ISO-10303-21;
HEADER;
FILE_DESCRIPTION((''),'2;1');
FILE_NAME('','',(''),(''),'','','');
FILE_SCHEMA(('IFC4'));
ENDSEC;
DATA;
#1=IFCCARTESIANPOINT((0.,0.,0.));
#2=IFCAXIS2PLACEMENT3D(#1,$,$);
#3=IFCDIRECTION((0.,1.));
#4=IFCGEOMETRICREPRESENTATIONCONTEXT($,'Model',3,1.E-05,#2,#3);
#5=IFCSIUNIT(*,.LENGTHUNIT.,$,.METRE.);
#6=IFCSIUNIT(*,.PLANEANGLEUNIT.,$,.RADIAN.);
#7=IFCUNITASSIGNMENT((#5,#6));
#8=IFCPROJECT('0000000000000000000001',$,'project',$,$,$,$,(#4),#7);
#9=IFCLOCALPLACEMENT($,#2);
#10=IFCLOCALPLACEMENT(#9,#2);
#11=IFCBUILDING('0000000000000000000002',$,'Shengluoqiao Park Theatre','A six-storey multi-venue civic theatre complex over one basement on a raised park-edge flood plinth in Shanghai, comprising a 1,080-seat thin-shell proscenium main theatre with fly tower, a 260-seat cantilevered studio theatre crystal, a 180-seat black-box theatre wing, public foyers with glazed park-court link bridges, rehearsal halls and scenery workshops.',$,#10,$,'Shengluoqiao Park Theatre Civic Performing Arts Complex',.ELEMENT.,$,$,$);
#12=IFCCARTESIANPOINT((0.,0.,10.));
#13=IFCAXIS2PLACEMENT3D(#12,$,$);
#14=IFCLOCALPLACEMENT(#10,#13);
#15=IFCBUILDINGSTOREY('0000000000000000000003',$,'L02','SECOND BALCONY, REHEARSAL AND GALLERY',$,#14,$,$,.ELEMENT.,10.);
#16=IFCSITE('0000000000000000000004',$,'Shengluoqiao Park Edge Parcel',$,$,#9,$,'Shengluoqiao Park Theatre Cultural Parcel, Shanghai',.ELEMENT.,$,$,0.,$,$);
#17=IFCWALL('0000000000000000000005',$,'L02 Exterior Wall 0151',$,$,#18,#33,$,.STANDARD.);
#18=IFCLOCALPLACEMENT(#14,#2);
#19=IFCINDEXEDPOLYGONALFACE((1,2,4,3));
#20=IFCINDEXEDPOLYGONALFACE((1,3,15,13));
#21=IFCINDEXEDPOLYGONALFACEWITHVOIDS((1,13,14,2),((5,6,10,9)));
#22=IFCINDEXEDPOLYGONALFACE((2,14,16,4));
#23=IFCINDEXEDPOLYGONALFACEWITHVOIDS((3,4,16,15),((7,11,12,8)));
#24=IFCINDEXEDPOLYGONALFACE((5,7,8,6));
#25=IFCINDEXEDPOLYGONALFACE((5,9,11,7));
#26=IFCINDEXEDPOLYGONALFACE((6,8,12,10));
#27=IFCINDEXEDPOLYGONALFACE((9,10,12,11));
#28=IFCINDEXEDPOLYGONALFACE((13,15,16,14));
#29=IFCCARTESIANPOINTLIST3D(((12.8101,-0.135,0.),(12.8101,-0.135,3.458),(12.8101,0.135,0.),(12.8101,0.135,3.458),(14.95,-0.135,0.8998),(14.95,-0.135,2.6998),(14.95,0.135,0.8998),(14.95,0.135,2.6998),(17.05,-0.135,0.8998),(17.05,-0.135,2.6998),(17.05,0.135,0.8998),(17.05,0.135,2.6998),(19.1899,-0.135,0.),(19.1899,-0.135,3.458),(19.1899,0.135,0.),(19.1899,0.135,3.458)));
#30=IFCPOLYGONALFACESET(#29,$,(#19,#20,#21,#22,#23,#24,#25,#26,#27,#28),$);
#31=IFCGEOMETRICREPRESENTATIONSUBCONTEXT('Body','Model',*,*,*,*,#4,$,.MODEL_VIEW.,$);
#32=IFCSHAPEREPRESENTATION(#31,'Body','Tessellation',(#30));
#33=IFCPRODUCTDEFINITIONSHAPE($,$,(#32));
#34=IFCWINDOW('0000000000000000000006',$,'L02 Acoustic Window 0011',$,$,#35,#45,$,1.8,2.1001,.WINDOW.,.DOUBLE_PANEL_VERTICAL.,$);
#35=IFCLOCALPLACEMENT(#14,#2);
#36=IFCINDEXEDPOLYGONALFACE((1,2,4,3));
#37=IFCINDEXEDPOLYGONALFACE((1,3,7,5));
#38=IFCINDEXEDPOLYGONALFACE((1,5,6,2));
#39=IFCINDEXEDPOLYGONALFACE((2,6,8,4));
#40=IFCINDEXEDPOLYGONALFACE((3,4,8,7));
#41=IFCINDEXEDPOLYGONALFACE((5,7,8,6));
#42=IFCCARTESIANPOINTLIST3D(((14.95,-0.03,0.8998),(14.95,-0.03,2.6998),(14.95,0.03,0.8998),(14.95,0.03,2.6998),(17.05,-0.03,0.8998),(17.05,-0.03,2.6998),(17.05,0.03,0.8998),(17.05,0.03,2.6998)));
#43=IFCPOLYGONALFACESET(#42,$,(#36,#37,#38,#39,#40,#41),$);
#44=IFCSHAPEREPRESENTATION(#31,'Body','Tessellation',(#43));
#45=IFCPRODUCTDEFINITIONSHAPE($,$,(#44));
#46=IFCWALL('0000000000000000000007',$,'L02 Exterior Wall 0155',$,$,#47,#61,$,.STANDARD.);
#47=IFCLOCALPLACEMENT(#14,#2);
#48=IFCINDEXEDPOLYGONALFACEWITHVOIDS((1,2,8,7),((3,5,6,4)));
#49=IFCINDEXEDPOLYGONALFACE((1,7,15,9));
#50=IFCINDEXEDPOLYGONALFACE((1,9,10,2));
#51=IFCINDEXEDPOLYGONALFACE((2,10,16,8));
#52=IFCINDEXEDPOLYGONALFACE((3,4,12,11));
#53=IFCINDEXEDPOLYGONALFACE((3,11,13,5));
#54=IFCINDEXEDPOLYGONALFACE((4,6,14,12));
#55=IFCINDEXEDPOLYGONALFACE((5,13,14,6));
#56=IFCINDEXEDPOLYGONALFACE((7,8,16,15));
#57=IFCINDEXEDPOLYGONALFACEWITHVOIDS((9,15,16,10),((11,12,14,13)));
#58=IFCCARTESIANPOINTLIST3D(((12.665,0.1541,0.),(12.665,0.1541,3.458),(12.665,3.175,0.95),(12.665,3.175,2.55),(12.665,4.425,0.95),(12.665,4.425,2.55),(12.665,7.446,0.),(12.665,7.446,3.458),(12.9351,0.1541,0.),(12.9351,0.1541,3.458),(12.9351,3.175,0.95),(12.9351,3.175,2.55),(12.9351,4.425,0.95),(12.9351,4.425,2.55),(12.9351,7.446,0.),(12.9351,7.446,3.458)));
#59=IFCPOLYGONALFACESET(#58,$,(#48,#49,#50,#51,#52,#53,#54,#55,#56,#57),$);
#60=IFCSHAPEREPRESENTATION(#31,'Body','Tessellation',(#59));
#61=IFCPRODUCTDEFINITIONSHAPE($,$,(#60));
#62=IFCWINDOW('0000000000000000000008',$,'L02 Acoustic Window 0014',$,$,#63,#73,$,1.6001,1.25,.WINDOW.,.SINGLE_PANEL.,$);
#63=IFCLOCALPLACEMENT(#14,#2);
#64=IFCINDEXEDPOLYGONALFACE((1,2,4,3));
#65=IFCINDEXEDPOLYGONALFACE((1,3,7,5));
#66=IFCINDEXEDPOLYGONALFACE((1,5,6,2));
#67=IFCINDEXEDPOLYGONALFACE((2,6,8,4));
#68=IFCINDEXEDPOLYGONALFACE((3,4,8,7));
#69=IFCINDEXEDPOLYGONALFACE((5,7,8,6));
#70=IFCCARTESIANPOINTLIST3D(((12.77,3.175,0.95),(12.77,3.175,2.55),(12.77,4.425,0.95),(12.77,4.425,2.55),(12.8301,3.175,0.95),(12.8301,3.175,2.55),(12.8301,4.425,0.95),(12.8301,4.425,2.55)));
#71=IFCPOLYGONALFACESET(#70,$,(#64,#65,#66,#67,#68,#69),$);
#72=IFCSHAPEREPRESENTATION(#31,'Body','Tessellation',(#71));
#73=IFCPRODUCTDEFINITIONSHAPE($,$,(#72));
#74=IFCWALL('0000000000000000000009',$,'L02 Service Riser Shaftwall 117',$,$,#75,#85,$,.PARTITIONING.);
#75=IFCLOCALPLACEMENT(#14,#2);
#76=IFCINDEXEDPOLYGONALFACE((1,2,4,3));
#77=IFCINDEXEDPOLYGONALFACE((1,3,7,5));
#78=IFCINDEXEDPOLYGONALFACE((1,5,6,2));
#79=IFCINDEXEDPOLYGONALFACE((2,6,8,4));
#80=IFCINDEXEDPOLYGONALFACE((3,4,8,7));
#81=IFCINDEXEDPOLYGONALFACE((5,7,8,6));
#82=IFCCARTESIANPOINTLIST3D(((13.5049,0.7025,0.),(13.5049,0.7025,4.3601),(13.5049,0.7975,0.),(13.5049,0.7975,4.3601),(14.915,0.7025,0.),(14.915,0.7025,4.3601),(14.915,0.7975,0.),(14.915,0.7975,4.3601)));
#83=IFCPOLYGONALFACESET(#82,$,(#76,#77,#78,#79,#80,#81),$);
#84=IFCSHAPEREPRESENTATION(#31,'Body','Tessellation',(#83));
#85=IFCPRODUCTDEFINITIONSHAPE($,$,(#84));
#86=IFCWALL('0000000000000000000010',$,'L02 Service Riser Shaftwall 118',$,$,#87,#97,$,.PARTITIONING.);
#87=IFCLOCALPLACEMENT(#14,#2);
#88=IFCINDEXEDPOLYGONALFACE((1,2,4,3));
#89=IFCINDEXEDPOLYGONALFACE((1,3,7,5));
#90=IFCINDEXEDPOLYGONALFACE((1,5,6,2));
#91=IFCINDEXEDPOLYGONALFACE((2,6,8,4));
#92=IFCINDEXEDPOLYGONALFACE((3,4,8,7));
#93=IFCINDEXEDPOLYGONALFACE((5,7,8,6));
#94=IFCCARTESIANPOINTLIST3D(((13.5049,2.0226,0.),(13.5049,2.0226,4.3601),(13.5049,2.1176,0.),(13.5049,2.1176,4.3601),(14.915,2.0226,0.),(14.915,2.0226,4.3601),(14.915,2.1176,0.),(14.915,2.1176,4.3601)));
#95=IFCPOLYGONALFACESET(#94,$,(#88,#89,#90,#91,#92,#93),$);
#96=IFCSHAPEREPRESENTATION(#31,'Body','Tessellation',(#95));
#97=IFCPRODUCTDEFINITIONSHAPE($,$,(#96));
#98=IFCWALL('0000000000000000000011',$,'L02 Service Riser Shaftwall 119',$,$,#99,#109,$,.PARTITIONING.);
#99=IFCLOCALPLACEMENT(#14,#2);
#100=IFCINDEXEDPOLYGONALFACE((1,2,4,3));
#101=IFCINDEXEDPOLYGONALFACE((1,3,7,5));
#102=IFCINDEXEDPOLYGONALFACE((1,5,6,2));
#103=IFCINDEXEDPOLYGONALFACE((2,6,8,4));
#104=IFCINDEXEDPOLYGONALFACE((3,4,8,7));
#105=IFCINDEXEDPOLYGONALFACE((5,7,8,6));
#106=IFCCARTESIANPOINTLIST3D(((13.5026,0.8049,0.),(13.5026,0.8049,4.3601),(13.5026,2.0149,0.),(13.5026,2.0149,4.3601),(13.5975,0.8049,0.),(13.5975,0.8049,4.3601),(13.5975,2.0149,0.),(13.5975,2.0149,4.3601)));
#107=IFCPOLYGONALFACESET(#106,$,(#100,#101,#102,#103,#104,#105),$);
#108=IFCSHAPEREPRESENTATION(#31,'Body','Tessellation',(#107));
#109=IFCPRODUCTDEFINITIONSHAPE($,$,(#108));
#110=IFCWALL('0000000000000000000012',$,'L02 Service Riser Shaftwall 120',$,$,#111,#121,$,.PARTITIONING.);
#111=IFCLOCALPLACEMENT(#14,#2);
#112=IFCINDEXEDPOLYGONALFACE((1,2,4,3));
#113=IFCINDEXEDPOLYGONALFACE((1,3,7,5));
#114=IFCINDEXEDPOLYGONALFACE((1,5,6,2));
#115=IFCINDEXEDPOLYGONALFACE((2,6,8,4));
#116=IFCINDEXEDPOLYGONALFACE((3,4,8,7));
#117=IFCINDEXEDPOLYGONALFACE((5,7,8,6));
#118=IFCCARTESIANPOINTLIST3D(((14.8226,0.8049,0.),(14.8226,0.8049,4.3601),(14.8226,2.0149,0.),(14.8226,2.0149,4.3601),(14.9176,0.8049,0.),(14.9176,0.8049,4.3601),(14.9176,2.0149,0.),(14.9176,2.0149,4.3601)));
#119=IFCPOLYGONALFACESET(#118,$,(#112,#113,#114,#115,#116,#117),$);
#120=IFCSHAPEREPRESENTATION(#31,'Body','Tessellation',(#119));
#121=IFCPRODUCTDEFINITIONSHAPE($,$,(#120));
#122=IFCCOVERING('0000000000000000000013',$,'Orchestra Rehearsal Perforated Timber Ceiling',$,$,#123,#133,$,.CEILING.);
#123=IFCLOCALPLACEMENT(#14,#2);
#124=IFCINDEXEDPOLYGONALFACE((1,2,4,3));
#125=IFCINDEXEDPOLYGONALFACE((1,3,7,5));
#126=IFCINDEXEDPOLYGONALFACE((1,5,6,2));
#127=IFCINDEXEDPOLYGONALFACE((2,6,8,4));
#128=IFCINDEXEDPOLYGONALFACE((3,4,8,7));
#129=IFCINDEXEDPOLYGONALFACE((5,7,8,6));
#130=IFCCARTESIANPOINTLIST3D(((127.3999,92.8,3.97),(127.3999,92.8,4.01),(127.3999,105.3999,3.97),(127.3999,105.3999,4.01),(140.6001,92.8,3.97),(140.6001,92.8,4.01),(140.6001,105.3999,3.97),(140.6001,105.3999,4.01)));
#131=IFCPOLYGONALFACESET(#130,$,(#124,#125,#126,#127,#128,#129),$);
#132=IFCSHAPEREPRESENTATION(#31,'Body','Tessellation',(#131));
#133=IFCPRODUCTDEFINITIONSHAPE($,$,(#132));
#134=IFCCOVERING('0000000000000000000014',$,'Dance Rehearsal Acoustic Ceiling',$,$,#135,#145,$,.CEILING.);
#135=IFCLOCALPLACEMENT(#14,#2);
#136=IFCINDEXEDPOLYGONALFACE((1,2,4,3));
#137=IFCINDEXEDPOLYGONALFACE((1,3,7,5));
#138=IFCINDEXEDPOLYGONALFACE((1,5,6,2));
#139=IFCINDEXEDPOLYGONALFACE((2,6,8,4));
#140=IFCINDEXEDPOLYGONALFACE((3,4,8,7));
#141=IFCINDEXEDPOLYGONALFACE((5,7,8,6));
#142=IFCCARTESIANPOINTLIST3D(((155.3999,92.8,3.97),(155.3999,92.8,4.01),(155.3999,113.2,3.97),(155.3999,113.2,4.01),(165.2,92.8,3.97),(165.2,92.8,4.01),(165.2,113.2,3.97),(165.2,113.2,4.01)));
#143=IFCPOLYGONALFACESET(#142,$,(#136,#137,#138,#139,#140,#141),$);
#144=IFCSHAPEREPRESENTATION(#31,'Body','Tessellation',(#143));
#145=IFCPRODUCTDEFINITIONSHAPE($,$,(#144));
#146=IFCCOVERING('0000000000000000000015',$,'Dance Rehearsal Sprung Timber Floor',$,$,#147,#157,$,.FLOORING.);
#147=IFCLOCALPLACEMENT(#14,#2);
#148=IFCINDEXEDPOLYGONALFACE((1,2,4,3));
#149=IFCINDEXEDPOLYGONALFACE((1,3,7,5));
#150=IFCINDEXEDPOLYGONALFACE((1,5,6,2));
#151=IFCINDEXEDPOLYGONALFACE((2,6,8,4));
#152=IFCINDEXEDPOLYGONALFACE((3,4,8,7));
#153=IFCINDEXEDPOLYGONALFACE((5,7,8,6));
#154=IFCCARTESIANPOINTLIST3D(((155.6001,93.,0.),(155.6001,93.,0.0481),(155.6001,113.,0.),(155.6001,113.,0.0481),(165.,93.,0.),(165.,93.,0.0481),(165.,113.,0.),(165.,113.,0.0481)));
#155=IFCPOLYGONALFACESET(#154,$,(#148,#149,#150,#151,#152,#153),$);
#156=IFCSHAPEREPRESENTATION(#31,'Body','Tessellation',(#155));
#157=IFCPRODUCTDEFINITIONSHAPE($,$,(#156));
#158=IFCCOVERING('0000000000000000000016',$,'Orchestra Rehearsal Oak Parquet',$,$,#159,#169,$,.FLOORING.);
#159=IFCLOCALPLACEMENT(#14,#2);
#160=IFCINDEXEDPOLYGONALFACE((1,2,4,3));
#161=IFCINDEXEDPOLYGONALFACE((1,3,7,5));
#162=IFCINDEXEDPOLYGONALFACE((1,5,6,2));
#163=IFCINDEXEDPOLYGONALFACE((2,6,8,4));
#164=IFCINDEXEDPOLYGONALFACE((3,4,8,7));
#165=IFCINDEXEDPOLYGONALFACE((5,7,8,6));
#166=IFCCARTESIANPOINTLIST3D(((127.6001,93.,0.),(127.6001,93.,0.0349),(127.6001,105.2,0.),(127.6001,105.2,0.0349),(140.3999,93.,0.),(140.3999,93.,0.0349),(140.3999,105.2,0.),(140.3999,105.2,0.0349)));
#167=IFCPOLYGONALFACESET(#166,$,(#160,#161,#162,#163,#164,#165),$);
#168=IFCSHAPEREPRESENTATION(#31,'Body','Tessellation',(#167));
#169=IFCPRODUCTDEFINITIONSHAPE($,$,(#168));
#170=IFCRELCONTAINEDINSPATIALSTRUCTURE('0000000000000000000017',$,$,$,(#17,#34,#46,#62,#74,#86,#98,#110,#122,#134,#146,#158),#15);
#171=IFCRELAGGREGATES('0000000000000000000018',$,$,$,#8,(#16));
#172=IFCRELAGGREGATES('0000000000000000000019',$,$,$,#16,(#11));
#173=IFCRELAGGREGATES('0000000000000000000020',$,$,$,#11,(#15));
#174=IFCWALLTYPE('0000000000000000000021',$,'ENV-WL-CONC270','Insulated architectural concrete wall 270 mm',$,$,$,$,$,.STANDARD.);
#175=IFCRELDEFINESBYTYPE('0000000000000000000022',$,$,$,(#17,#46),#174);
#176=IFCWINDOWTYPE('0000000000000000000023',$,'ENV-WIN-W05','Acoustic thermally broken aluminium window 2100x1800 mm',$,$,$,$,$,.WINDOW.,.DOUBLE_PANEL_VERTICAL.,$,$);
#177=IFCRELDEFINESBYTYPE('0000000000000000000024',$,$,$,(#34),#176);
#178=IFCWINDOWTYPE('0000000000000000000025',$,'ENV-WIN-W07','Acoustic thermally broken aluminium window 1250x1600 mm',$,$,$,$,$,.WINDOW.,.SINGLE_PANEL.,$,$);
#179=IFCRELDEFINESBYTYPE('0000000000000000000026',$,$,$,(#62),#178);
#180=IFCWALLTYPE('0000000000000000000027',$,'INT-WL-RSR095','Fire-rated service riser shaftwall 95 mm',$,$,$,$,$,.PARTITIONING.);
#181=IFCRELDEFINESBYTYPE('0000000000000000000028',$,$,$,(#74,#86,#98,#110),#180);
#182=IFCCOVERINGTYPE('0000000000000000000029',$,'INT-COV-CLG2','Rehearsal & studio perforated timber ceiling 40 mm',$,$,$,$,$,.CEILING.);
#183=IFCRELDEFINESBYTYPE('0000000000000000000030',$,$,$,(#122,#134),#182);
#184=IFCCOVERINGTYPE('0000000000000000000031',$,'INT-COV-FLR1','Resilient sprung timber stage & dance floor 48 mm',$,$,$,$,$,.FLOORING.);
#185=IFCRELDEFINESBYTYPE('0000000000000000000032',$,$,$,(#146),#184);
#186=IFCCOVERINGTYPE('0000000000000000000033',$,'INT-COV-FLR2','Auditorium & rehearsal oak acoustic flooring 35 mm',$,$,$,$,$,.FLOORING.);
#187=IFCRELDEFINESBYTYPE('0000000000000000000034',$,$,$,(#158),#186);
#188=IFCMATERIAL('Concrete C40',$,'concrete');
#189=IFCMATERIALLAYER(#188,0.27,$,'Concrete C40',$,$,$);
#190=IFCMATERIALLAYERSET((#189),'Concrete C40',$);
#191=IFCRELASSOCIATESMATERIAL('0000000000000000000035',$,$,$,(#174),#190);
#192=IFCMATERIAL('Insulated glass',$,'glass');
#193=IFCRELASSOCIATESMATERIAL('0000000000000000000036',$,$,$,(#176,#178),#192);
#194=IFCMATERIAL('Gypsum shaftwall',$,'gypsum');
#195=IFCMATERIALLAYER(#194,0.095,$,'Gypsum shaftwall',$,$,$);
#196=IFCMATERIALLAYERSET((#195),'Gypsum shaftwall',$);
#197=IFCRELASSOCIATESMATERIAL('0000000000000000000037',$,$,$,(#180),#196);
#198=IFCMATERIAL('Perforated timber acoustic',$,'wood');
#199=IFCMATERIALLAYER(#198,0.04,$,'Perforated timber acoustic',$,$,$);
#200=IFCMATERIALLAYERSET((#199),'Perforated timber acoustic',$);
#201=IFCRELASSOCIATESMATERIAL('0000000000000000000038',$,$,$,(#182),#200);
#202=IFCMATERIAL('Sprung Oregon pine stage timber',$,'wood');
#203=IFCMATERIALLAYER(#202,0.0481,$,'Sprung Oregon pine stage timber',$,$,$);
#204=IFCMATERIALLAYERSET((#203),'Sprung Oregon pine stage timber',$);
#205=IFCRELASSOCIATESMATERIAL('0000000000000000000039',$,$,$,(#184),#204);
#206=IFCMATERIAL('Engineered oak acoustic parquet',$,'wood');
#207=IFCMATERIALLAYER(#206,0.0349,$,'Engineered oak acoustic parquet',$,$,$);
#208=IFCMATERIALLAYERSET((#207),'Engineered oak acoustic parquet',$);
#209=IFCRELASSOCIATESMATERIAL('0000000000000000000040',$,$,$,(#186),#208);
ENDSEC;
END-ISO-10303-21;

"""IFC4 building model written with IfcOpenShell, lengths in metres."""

from ifc_helpers import new_model, si_unit, direction, frame, frame_2d, origin, place, context, subcontext, project, spatial, polyline, rectangle, outline, extrude, material, layer, layer_set, type_object, element, fill, save


model = new_model("IFC4")

# Units and contexts
model_context = context("Model", 3, precision=1e-05, world=origin(), true_north=direction((0.0, 1.0)))
body_context = subcontext(model_context, "Body", "Model", "MODEL_VIEW")
ifc_project = project(units=[si_unit("LENGTHUNIT", "METRE"), si_unit("PLANEANGLEUNIT", "RADIAN")], contexts=[model_context])

# Site, building, storey
site_placement = place(None, origin())
site = spatial("IfcSite", under=ifc_project, at=site_placement, Name="Shengluoqiao Park Edge Parcel", LongName="Shengluoqiao Park Theatre Cultural Parcel, Shanghai", CompositionType="ELEMENT", RefElevation=0.0)
building_placement = place(site_placement, origin())
building = spatial("IfcBuilding", under=site, at=building_placement, Name="Shengluoqiao Park Theatre", Description="A six-storey multi-venue civic theatre complex over one basement on a raised park-edge flood plinth in Shanghai, comprising a 1,080-seat thin-shell proscenium main theatre with fly tower, a 260-seat cantilevered studio theatre crystal, a 180-seat black-box theatre wing, public foyers with glazed park-court link bridges, rehearsal halls and scenery workshops.", LongName="Shengluoqiao Park Theatre Civic Performing Arts Complex", CompositionType="ELEMENT")
storey_placement = place(building_placement, frame((0.0, 0.0, 10.0)))
storey = spatial("IfcBuildingStorey", under=building, at=storey_placement, Name="L02", Description="SECOND BALCONY, REHEARSAL AND GALLERY", CompositionType="ELEMENT", Elevation=10.0)

# Shared definitions
ifc_material_1 = material(Name="Concrete C40", Category="concrete")

# Walls, openings, windows
ifc_layer_1 = layer(ifc_material_1, 0.27, Name="Concrete C40")
ifc_layer_set_1 = layer_set([ifc_layer_1], Name="Concrete C40")
wall_type_1 = type_object("IfcWallType", Name="ENV-WL-CONC270", Description="Insulated architectural concrete wall 270 mm", PredefinedType="STANDARD", material=ifc_layer_set_1)
wall_1_placement = place(storey_placement, frame((12.8101, 0.0, 0.0), z_axis=(0.0, 0.0, 1.0), x_axis=(1.0, 0.0, 0.0)))
wall_1 = element("IfcWall", 1, at=wall_1_placement, inside=storey, type_object=wall_type_1, Name="L02 Exterior Wall 0151", PredefinedType="STANDARD", context=body_context, shape_type="SweptSolid", body=[
    extrude(rectangle(XDim=6.3799, YDim=0.27, at=frame_2d((3.1899, 0.0))), origin(), (0.0, 0.0, 1.0), 3.458),
])
opening_1_placement = place(wall_1_placement, frame((2.1399, 0.0, 0.8999)))
opening_1 = element("IfcOpeningElement", 2, at=opening_1_placement, cuts=wall_1, PredefinedType="OPENING", context=body_context, shape_type="SweptSolid", body=[
    extrude(rectangle(XDim=2.1001, YDim=1.8, at=frame_2d((1.05, 0.8999))), frame((0.0, 0.145, 0.0), z_axis=(0.0, -1.0, 0.0), x_axis=(1.0, 0.0, 0.0)), (0.0, 0.0, 1.0), 0.29),
])
ifc_material_2 = material(Name="Insulated glass", Category="glass")
window_type_1 = type_object("IfcWindowType", Name="ENV-WIN-W05", Description="Acoustic thermally broken aluminium window 2100x1800 mm", PartitioningType="DOUBLE_PANEL_VERTICAL", PredefinedType="WINDOW", material=ifc_material_2)
window_1_placement = place(opening_1_placement, origin())
window_1 = element("IfcWindow", 3, at=window_1_placement, inside=storey, type_object=window_type_1, Name="L02 Acoustic Window 0011", OverallHeight=1.8, OverallWidth=2.1001, PartitioningType="DOUBLE_PANEL_VERTICAL", PredefinedType="WINDOW", context=body_context, shape_type="SweptSolid", body=[
    extrude(rectangle(XDim=2.1001, YDim=1.8, at=frame_2d((1.05, 0.8999))), frame((0.0, 0.03, 0.0), z_axis=(0.0, -1.0, 0.0), x_axis=(1.0, 0.0, 0.0)), (0.0, 0.0, 1.0), 0.0601),
])
fill(opening_1, window_1)
wall_2_placement = place(storey_placement, frame((12.8, 0.1541, 0.0), z_axis=(0.0, 0.0, 1.0), x_axis=(0.0, 1.0, 0.0)))
wall_2 = element("IfcWall", 4, at=wall_2_placement, inside=storey, type_object=wall_type_1, Name="L02 Exterior Wall 0155", PredefinedType="STANDARD", context=body_context, shape_type="SweptSolid", body=[
    extrude(rectangle(XDim=7.292, YDim=0.27, at=frame_2d((3.646, 0.0))), origin(), (0.0, 0.0, 1.0), 3.458),
])
opening_2_placement = place(wall_2_placement, frame((3.021, 0.0, 0.95)))
opening_2 = element("IfcOpeningElement", 5, at=opening_2_placement, cuts=wall_2, PredefinedType="OPENING", context=body_context, shape_type="SweptSolid", body=[
    extrude(rectangle(XDim=1.25, YDim=1.6001, at=frame_2d((0.625, 0.8))), frame((0.0, 0.145, 0.0), z_axis=(0.0, -1.0, 0.0), x_axis=(1.0, 0.0, 0.0)), (0.0, 0.0, 1.0), 0.29),
])
window_type_2 = type_object("IfcWindowType", Name="ENV-WIN-W07", Description="Acoustic thermally broken aluminium window 1250x1600 mm", PartitioningType="SINGLE_PANEL", PredefinedType="WINDOW", material=ifc_material_2)
window_2_placement = place(opening_2_placement, origin())
window_2 = element("IfcWindow", 6, at=window_2_placement, inside=storey, type_object=window_type_2, Name="L02 Acoustic Window 0014", OverallHeight=1.6001, OverallWidth=1.25, PartitioningType="SINGLE_PANEL", PredefinedType="WINDOW", context=body_context, shape_type="SweptSolid", body=[
    extrude(rectangle(XDim=1.25, YDim=1.6001, at=frame_2d((0.625, 0.8))), frame((0.0, 0.03, 0.0), z_axis=(0.0, -1.0, 0.0), x_axis=(1.0, 0.0, 0.0)), (0.0, 0.0, 1.0), 0.0601),
])
fill(opening_2, window_2)

# Walls
ifc_material_3 = material(Name="Gypsum shaftwall", Category="gypsum")
ifc_layer_2 = layer(ifc_material_3, 0.095, Name="Gypsum shaftwall")
ifc_layer_set_2 = layer_set([ifc_layer_2], Name="Gypsum shaftwall")
wall_type_2 = type_object("IfcWallType", Name="INT-WL-RSR095", Description="Fire-rated service riser shaftwall 95 mm", PredefinedType="PARTITIONING", material=ifc_layer_set_2)
for number, where, z_axis, x_axis, name in (
    (7, (13.5049, 0.75, 0.0), (0.0, 0.0, 1.0), (1.0, 0.0, 0.0), "L02 Service Riser Shaftwall 117"),
    (8, (13.5049, 2.0701, 0.0), (0.0, 0.0, 1.0), (1.0, 0.0, 0.0), "L02 Service Riser Shaftwall 118"),
):
    element("IfcWall", number, at=place(storey_placement, frame(where, z_axis=z_axis, x_axis=x_axis)), inside=storey, type_object=wall_type_2, Name=name, PredefinedType="PARTITIONING", context=body_context, shape_type="SweptSolid", body=[
        extrude(rectangle(XDim=1.4102, YDim=0.095, at=frame_2d((0.7051, 0.0))), origin(), (0.0, 0.0, 1.0), 4.3601),
    ])
for number, where, z_axis, x_axis, name in (
    (9, (13.55, 0.8049, 0.0), (0.0, 0.0, 1.0), (0.0, 1.0, 0.0), "L02 Service Riser Shaftwall 119"),
    (10, (14.8701, 0.8049, 0.0), (0.0, 0.0, 1.0), (0.0, 1.0, 0.0), "L02 Service Riser Shaftwall 120"),
):
    element("IfcWall", number, at=place(storey_placement, frame(where, z_axis=z_axis, x_axis=x_axis)), inside=storey, type_object=wall_type_2, Name=name, PredefinedType="PARTITIONING", context=body_context, shape_type="SweptSolid", body=[
        extrude(rectangle(XDim=1.21, YDim=0.095, at=frame_2d((0.605, 0.0))), origin(), (0.0, 0.0, 1.0), 4.3601),
    ])

# Coverings
ifc_material_4 = material(Name="Perforated timber acoustic", Category="wood")
ifc_layer_3 = layer(ifc_material_4, 0.04, Name="Perforated timber acoustic")
ifc_layer_set_3 = layer_set([ifc_layer_3], Name="Perforated timber acoustic")
covering_type_1 = type_object("IfcCoveringType", Name="INT-COV-CLG2", Description="Rehearsal & studio perforated timber ceiling 40 mm", PredefinedType="CEILING", material=ifc_layer_set_3)
covering_1_placement = place(storey_placement, frame((0.0, 0.0, 3.97)))
element("IfcCovering", 11, at=covering_1_placement, inside=storey, type_object=covering_type_1, Name="Orchestra Rehearsal Perforated Timber Ceiling", PredefinedType="CEILING", context=body_context, shape_type="SweptSolid", body=[
    extrude(outline(polyline([(127.3999, 92.8), (140.6001, 92.8), (140.6001, 105.3999), (127.3999, 105.3999), (127.3999, 92.8)])), origin(), (0.0, 0.0, 1.0), 0.04),
])
covering_2_placement = place(storey_placement, frame((0.0, 0.0, 3.97)))
element("IfcCovering", 12, at=covering_2_placement, inside=storey, type_object=covering_type_1, Name="Dance Rehearsal Acoustic Ceiling", PredefinedType="CEILING", context=body_context, shape_type="SweptSolid", body=[
    extrude(outline(polyline([(155.3999, 92.8), (165.2, 92.8), (165.2, 113.2), (155.3999, 113.2), (155.3999, 92.8)])), origin(), (0.0, 0.0, 1.0), 0.04),
])
ifc_material_5 = material(Name="Sprung Oregon pine stage timber", Category="wood")
ifc_layer_4 = layer(ifc_material_5, 0.0481, Name="Sprung Oregon pine stage timber")
ifc_layer_set_4 = layer_set([ifc_layer_4], Name="Sprung Oregon pine stage timber")
covering_type_2 = type_object("IfcCoveringType", Name="INT-COV-FLR1", Description="Resilient sprung timber stage & dance floor 48 mm", PredefinedType="FLOORING", material=ifc_layer_set_4)
covering_3_placement = place(storey_placement, origin())
element("IfcCovering", 13, at=covering_3_placement, inside=storey, type_object=covering_type_2, Name="Dance Rehearsal Sprung Timber Floor", PredefinedType="FLOORING", context=body_context, shape_type="SweptSolid", body=[
    extrude(outline(polyline([(155.6001, 93.0), (165.0, 93.0), (165.0, 113.0), (155.6001, 113.0), (155.6001, 93.0)])), origin(), (0.0, 0.0, 1.0), 0.0481),
])
ifc_material_6 = material(Name="Engineered oak acoustic parquet", Category="wood")
ifc_layer_5 = layer(ifc_material_6, 0.0349, Name="Engineered oak acoustic parquet")
ifc_layer_set_5 = layer_set([ifc_layer_5], Name="Engineered oak acoustic parquet")
covering_type_3 = type_object("IfcCoveringType", Name="INT-COV-FLR2", Description="Auditorium & rehearsal oak acoustic flooring 35 mm", PredefinedType="FLOORING", material=ifc_layer_set_5)
covering_4_placement = place(storey_placement, origin())
element("IfcCovering", 14, at=covering_4_placement, inside=storey, type_object=covering_type_3, Name="Orchestra Rehearsal Oak Parquet", PredefinedType="FLOORING", context=body_context, shape_type="SweptSolid", body=[
    extrude(outline(polyline([(127.6001, 93.0), (140.3999, 93.0), (140.3999, 105.2), (127.6001, 105.2), (127.6001, 93.0)])), origin(), (0.0, 0.0, 1.0), 0.0349),
])

save(model, "model.ifc")
